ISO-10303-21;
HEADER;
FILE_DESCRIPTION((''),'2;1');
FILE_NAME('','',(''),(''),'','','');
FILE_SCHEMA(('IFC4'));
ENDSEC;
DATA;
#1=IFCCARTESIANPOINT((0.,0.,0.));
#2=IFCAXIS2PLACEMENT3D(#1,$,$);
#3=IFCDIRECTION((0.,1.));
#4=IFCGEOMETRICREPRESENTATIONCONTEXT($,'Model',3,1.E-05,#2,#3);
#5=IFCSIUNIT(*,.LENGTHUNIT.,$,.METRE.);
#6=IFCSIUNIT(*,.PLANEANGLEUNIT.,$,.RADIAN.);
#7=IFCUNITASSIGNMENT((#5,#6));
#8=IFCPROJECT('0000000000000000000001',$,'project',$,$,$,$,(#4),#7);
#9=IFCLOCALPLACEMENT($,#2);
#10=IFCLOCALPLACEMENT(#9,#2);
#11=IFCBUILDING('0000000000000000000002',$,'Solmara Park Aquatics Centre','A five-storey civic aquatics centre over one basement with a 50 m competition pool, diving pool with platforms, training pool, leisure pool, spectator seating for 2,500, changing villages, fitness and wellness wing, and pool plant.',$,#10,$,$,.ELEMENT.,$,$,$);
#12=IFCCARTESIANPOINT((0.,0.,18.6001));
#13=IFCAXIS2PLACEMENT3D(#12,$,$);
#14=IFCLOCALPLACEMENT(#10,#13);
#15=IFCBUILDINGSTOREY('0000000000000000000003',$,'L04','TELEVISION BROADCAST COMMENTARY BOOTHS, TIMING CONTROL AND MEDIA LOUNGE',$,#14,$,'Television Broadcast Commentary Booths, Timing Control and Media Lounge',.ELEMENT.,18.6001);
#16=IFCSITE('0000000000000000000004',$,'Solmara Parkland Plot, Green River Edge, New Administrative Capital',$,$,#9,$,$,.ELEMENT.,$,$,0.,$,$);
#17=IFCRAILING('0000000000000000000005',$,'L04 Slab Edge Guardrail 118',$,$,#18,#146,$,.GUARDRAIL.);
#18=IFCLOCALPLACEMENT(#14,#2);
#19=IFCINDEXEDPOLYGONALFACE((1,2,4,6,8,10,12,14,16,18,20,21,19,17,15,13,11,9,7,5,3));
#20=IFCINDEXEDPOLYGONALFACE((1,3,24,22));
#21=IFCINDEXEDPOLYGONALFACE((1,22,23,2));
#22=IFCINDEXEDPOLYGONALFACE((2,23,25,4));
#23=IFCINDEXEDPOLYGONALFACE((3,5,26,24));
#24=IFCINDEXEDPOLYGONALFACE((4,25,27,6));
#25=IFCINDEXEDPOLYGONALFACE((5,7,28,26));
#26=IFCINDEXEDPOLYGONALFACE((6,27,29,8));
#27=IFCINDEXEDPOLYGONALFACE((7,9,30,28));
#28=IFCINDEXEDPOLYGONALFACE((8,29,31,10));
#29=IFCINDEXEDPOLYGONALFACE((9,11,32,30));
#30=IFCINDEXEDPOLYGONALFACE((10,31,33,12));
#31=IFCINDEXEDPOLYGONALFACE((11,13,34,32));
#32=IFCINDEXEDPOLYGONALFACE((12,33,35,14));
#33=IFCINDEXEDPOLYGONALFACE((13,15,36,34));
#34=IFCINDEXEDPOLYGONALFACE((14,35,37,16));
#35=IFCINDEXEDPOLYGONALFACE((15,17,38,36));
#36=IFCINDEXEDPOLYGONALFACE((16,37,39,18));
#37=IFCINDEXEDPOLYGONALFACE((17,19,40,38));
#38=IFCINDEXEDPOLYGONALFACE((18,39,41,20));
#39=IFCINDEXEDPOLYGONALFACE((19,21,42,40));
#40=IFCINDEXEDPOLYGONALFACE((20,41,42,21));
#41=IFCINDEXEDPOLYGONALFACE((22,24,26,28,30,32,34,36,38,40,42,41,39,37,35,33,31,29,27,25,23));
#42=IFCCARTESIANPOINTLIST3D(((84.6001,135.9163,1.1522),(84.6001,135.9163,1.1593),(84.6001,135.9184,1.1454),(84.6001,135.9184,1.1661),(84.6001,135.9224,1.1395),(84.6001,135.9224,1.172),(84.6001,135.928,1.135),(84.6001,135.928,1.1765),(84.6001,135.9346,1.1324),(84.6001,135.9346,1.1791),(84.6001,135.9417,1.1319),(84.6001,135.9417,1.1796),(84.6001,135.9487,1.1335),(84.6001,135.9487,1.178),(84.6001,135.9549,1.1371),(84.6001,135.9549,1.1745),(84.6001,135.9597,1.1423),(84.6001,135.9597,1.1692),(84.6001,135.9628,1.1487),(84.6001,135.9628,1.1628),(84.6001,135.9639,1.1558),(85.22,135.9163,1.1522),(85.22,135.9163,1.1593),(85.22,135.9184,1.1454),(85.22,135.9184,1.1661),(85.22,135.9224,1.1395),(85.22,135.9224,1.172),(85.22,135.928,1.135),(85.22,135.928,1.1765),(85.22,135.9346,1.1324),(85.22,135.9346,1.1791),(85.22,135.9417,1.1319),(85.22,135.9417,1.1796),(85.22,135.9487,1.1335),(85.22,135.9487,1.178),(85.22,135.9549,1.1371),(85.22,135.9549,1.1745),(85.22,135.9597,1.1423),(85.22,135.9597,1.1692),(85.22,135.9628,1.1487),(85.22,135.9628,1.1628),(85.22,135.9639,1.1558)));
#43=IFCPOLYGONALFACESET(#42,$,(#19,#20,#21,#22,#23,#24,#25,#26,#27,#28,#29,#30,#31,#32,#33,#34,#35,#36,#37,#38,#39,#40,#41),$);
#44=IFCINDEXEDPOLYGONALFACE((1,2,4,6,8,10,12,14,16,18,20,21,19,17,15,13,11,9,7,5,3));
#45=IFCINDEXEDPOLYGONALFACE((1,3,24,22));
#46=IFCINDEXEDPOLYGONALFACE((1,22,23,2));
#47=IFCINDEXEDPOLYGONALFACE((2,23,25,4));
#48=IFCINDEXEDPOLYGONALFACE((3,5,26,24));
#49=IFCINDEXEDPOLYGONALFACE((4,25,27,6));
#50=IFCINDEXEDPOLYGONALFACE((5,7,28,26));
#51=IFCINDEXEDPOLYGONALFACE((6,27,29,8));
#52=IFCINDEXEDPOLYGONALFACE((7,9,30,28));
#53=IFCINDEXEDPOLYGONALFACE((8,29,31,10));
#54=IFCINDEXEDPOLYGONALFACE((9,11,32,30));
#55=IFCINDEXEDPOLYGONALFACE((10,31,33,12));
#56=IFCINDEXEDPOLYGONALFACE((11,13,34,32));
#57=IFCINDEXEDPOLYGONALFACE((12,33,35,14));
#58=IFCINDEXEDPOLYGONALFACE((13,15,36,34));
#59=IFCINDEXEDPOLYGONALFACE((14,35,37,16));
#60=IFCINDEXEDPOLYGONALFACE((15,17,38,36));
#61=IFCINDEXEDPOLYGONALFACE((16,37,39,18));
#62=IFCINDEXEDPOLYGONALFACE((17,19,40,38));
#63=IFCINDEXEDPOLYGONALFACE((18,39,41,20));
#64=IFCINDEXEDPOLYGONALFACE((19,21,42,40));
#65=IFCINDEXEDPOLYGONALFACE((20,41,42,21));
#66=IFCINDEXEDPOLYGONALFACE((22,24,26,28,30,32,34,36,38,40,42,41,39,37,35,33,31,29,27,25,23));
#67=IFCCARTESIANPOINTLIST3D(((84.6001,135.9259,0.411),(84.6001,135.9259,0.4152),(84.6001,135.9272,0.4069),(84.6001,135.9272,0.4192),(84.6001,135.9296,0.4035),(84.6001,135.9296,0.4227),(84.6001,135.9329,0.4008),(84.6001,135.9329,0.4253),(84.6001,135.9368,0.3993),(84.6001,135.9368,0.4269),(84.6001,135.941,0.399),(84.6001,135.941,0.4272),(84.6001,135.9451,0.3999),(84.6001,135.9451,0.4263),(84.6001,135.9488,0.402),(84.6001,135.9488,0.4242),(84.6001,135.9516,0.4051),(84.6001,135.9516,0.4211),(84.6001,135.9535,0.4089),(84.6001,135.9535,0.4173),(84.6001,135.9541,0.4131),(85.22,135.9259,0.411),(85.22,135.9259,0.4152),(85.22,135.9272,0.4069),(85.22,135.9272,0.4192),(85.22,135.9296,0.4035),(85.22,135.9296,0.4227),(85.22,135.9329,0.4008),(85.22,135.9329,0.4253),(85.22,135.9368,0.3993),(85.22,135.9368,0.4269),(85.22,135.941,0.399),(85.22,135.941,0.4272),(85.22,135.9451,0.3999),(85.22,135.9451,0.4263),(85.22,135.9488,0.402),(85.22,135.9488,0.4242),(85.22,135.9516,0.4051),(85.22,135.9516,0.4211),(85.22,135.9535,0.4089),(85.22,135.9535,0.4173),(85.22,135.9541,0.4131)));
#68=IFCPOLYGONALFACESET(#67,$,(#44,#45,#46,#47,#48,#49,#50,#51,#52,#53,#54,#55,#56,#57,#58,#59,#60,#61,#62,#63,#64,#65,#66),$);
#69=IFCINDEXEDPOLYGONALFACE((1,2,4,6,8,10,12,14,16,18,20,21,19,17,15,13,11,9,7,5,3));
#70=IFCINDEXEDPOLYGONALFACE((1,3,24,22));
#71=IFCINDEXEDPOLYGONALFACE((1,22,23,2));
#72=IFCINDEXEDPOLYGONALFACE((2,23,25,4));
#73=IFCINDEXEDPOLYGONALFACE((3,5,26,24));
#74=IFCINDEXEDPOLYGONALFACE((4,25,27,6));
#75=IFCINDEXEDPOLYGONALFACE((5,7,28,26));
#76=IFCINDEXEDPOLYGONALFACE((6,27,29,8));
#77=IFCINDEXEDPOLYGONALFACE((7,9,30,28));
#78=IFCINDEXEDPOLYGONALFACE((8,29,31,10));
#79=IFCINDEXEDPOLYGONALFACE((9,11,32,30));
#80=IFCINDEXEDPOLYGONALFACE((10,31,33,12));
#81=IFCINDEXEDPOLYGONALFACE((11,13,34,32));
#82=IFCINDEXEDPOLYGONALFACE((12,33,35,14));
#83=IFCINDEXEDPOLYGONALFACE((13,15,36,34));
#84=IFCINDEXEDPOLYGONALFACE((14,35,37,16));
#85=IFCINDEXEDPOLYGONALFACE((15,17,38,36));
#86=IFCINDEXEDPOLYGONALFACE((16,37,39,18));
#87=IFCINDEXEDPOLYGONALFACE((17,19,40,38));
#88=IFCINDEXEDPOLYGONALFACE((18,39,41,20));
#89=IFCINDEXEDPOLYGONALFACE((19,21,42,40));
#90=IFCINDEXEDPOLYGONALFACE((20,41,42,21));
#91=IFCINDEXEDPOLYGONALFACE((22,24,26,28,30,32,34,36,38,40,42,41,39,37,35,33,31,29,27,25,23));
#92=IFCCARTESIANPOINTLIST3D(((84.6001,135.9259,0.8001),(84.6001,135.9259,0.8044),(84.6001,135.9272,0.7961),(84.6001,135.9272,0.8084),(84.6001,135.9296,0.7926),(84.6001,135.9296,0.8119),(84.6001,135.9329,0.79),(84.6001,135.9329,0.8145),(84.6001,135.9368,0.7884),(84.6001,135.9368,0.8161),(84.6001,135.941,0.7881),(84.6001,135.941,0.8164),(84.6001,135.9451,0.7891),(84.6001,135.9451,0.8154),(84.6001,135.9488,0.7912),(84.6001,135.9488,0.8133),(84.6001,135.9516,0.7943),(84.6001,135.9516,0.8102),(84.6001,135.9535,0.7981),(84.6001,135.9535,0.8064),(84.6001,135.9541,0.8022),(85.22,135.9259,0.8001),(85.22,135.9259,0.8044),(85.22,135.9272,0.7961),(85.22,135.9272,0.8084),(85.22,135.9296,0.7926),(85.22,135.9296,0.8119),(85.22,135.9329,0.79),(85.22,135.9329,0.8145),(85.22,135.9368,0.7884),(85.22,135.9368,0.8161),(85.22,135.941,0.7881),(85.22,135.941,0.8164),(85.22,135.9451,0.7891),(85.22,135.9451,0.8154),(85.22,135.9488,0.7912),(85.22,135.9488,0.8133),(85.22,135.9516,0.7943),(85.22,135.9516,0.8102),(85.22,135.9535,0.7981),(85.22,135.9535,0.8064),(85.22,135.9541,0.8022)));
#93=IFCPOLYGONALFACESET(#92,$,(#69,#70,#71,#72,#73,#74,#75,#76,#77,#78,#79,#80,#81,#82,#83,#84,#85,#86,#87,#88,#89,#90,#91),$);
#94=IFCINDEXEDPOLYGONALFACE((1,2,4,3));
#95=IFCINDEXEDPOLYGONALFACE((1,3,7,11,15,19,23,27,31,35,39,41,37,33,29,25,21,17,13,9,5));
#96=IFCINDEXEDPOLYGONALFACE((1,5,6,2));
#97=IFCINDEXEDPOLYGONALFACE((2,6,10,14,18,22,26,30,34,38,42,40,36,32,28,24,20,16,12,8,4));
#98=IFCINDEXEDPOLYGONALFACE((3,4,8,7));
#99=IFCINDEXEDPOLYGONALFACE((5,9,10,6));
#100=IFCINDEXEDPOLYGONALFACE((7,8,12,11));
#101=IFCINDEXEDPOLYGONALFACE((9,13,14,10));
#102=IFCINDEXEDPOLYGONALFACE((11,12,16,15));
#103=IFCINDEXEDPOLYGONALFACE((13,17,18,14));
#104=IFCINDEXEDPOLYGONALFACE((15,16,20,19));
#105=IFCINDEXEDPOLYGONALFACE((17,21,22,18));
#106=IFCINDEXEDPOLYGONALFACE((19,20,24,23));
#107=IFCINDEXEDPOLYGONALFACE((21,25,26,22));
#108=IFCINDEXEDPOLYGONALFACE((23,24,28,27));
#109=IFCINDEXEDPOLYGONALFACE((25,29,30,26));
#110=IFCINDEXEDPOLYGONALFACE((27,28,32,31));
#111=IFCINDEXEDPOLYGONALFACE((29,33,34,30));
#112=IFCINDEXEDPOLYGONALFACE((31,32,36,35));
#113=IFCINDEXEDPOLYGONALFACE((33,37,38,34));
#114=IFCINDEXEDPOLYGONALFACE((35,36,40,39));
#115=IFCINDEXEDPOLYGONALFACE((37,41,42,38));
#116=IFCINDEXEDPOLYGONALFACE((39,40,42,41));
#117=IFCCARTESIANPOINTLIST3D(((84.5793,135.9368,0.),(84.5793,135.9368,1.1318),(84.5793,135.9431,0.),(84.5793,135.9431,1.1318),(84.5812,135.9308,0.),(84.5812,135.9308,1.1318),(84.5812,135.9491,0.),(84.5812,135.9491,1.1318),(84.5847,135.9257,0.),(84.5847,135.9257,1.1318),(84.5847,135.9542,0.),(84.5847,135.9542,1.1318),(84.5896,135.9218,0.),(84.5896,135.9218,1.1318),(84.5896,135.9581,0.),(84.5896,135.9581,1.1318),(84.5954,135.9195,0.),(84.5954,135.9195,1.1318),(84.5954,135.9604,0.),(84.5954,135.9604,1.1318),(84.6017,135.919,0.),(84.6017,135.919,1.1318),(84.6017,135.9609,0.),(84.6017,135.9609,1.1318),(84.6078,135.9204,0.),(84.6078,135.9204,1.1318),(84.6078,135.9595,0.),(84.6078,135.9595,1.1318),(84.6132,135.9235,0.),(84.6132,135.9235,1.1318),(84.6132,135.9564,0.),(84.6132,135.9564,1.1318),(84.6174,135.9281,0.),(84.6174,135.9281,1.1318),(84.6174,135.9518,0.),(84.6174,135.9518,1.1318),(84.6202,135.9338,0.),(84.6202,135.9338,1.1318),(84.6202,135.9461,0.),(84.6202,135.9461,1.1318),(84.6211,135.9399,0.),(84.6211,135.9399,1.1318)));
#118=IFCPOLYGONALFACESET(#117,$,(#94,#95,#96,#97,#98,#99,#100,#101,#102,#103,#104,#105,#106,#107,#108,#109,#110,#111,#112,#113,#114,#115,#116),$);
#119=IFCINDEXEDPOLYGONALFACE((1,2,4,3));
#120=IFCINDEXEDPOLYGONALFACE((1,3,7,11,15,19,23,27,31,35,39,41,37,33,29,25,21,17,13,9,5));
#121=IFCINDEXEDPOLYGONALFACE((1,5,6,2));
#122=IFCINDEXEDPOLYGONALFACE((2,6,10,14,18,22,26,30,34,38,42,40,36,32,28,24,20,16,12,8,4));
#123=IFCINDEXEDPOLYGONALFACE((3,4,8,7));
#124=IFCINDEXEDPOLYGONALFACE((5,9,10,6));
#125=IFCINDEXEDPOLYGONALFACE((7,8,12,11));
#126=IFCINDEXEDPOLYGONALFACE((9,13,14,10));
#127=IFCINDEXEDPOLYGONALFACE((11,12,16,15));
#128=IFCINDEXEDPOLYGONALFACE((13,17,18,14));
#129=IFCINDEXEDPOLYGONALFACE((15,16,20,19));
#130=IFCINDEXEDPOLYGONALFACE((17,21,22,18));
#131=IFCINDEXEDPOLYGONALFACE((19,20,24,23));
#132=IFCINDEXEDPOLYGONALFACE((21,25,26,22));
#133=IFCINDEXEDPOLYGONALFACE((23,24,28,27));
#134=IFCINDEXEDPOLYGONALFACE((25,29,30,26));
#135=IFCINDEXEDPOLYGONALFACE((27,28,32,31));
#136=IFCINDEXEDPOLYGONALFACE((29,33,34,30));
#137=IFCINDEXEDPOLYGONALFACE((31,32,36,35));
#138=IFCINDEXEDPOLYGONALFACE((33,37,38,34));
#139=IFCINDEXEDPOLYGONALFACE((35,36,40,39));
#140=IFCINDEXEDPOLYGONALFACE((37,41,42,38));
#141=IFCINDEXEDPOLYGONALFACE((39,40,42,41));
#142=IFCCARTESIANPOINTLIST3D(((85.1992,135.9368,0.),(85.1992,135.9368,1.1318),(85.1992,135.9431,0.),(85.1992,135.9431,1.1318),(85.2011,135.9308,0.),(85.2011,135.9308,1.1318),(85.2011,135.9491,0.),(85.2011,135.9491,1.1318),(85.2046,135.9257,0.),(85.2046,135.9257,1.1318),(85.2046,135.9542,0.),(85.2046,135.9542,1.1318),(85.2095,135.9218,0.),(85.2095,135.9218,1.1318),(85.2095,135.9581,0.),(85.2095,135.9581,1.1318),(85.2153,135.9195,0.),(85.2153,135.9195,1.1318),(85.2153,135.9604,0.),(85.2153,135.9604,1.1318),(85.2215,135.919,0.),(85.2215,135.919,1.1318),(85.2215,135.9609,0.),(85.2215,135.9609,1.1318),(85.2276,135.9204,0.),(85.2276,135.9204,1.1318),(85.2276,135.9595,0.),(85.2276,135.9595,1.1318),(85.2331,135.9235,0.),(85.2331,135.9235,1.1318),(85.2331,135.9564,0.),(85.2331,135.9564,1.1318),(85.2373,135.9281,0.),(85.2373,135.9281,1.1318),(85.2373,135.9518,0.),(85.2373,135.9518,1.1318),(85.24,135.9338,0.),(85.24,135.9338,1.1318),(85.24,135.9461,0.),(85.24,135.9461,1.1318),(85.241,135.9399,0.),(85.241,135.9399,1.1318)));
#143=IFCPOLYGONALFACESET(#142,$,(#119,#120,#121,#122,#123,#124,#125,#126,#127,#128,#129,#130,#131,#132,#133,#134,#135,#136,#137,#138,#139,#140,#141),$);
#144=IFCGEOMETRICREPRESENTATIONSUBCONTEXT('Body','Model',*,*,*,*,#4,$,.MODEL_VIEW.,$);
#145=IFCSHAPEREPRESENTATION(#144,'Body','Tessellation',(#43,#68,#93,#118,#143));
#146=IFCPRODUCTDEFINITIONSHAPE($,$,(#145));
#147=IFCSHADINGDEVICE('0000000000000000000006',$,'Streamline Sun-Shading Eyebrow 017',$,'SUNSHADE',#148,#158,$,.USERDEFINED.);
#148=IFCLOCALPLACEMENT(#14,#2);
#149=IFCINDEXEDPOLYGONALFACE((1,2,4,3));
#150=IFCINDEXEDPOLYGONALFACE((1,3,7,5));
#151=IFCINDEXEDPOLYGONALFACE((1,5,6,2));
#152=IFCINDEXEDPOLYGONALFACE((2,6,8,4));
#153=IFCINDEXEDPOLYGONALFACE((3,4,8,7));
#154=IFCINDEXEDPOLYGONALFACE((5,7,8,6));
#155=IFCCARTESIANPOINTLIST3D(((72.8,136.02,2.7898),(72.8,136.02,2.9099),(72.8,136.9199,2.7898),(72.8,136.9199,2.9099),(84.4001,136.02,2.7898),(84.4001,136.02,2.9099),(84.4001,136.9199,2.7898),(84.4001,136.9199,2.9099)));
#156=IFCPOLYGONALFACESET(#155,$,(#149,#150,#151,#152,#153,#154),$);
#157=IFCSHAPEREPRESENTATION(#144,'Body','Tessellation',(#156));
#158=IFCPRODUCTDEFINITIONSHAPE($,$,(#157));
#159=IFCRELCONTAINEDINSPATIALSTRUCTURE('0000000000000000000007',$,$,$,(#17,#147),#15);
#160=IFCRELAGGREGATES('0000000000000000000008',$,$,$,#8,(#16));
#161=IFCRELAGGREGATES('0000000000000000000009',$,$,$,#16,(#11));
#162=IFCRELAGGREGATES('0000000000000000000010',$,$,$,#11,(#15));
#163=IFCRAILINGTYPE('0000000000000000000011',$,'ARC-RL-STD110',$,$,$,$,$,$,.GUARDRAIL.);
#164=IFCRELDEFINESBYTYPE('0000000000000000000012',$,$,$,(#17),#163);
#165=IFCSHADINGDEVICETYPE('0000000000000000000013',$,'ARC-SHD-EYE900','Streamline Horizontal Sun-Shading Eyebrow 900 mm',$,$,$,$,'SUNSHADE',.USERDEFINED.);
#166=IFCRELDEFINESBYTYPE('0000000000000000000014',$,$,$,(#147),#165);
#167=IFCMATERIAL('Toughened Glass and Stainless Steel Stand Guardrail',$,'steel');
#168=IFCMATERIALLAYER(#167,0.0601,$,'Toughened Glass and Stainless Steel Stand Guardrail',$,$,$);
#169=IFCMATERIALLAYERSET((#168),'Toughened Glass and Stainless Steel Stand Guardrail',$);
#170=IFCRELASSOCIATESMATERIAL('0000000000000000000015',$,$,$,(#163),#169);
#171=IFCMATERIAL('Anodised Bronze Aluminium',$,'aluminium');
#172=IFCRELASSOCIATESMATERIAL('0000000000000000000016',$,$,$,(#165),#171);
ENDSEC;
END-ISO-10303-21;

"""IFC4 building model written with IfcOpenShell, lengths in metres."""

from ifc_helpers import new_model, si_unit, direction, frame, origin, origin_2d, place, context, subcontext, project, spatial, rectangle, circle, extrude, material, layer, layer_set, type_object, element, save


model = new_model("IFC4")

# Units and contexts
model_context = context("Model", 3, precision=1e-05, world=origin(), true_north=direction((0.0, 1.0)))
body_context = subcontext(model_context, "Body", "Model", "MODEL_VIEW")
ifc_project = project(units=[si_unit("LENGTHUNIT", "METRE"), si_unit("PLANEANGLEUNIT", "RADIAN")], contexts=[model_context])

# Site, building, storey
site_placement = place(None, origin())
site = spatial("IfcSite", under=ifc_project, at=site_placement, Name="Solmara Parkland Plot, Green River Edge, New Administrative Capital", CompositionType="ELEMENT", RefElevation=0.0)
building_placement = place(site_placement, origin())
building = spatial("IfcBuilding", under=site, at=building_placement, Name="Solmara Park Aquatics Centre", Description="A five-storey civic aquatics centre over one basement with a 50 m competition pool, diving pool with platforms, training pool, leisure pool, spectator seating for 2,500, changing villages, fitness and wellness wing, and pool plant.", CompositionType="ELEMENT")
storey_placement = place(building_placement, frame((0.0, 0.0, 18.6001)))
storey = spatial("IfcBuildingStorey", under=building, at=storey_placement, Name="L04", Description="TELEVISION BROADCAST COMMENTARY BOOTHS, TIMING CONTROL AND MEDIA LOUNGE", LongName="Television Broadcast Commentary Booths, Timing Control and Media Lounge", CompositionType="ELEMENT", Elevation=18.6001)

# Railing
ifc_material_1 = material(Name="Toughened Glass and Stainless Steel Stand Guardrail", Category="steel")
ifc_layer_1 = layer(ifc_material_1, 0.0601, Name="Toughened Glass and Stainless Steel Stand Guardrail")
ifc_layer_set_1 = layer_set([ifc_layer_1], Name="Toughened Glass and Stainless Steel Stand Guardrail")
railing_type = type_object("IfcRailingType", Name="ARC-RL-STD110", PredefinedType="GUARDRAIL", material=ifc_layer_set_1)
railing_placement = place(storey_placement, frame((84.6001, 135.9399, 0.0)))
element("IfcRailing", 1, at=railing_placement, inside=storey, type_object=railing_type, Name="L04 Slab Edge Guardrail 118", PredefinedType="GUARDRAIL", context=body_context, shape_type="SweptSolid", body=[
    extrude(circle(Radius=0.0239, at=origin_2d()), frame((0.0, 0.0, 1.1558), z_axis=(1.0, 0.0, 0.0), x_axis=(0.0, 1.0, 0.0)), (0.0, 0.0, 1.0), 0.6199),
    extrude(circle(Radius=0.0142, at=origin_2d()), frame((0.0, 0.0, 0.4131), z_axis=(1.0, 0.0, 0.0), x_axis=(0.0, 1.0, 0.0)), (0.0, 0.0, 1.0), 0.6199),
    extrude(circle(Radius=0.0142, at=origin_2d()), frame((0.0, 0.0, 0.8022), z_axis=(1.0, 0.0, 0.0), x_axis=(0.0, 1.0, 0.0)), (0.0, 0.0, 1.0), 0.6199),
    extrude(circle(Radius=0.021, at=origin_2d()), origin(), (0.0, 0.0, 1.0), 1.1318),
    extrude(circle(Radius=0.021, at=origin_2d()), frame((0.6199, 0.0, 0.0)), (0.0, 0.0, 1.0), 1.1318),
])

# Shading device
ifc_material_2 = material(Name="Anodised Bronze Aluminium", Category="aluminium")
shading_device_type = type_object("IfcShadingDeviceType", Name="ARC-SHD-EYE900", Description="Streamline Horizontal Sun-Shading Eyebrow 900 mm", ElementType="SUNSHADE", PredefinedType="USERDEFINED", material=ifc_material_2)
shading_device_placement = place(storey_placement, frame((78.6001, 136.47, 2.7898), z_axis=(0.0, 0.0, 1.0), x_axis=(1.0, 0.0, 0.0)))
element("IfcShadingDevice", 2, at=shading_device_placement, inside=storey, type_object=shading_device_type, Name="Streamline Sun-Shading Eyebrow 017", ObjectType="SUNSHADE", PredefinedType="USERDEFINED", context=body_context, shape_type="SweptSolid", body=[
    extrude(rectangle(XDim=11.6001, YDim=0.8999, at=origin_2d()), origin(), (0.0, 0.0, 1.0), 0.1201),
])

save(model, "model.ifc")
